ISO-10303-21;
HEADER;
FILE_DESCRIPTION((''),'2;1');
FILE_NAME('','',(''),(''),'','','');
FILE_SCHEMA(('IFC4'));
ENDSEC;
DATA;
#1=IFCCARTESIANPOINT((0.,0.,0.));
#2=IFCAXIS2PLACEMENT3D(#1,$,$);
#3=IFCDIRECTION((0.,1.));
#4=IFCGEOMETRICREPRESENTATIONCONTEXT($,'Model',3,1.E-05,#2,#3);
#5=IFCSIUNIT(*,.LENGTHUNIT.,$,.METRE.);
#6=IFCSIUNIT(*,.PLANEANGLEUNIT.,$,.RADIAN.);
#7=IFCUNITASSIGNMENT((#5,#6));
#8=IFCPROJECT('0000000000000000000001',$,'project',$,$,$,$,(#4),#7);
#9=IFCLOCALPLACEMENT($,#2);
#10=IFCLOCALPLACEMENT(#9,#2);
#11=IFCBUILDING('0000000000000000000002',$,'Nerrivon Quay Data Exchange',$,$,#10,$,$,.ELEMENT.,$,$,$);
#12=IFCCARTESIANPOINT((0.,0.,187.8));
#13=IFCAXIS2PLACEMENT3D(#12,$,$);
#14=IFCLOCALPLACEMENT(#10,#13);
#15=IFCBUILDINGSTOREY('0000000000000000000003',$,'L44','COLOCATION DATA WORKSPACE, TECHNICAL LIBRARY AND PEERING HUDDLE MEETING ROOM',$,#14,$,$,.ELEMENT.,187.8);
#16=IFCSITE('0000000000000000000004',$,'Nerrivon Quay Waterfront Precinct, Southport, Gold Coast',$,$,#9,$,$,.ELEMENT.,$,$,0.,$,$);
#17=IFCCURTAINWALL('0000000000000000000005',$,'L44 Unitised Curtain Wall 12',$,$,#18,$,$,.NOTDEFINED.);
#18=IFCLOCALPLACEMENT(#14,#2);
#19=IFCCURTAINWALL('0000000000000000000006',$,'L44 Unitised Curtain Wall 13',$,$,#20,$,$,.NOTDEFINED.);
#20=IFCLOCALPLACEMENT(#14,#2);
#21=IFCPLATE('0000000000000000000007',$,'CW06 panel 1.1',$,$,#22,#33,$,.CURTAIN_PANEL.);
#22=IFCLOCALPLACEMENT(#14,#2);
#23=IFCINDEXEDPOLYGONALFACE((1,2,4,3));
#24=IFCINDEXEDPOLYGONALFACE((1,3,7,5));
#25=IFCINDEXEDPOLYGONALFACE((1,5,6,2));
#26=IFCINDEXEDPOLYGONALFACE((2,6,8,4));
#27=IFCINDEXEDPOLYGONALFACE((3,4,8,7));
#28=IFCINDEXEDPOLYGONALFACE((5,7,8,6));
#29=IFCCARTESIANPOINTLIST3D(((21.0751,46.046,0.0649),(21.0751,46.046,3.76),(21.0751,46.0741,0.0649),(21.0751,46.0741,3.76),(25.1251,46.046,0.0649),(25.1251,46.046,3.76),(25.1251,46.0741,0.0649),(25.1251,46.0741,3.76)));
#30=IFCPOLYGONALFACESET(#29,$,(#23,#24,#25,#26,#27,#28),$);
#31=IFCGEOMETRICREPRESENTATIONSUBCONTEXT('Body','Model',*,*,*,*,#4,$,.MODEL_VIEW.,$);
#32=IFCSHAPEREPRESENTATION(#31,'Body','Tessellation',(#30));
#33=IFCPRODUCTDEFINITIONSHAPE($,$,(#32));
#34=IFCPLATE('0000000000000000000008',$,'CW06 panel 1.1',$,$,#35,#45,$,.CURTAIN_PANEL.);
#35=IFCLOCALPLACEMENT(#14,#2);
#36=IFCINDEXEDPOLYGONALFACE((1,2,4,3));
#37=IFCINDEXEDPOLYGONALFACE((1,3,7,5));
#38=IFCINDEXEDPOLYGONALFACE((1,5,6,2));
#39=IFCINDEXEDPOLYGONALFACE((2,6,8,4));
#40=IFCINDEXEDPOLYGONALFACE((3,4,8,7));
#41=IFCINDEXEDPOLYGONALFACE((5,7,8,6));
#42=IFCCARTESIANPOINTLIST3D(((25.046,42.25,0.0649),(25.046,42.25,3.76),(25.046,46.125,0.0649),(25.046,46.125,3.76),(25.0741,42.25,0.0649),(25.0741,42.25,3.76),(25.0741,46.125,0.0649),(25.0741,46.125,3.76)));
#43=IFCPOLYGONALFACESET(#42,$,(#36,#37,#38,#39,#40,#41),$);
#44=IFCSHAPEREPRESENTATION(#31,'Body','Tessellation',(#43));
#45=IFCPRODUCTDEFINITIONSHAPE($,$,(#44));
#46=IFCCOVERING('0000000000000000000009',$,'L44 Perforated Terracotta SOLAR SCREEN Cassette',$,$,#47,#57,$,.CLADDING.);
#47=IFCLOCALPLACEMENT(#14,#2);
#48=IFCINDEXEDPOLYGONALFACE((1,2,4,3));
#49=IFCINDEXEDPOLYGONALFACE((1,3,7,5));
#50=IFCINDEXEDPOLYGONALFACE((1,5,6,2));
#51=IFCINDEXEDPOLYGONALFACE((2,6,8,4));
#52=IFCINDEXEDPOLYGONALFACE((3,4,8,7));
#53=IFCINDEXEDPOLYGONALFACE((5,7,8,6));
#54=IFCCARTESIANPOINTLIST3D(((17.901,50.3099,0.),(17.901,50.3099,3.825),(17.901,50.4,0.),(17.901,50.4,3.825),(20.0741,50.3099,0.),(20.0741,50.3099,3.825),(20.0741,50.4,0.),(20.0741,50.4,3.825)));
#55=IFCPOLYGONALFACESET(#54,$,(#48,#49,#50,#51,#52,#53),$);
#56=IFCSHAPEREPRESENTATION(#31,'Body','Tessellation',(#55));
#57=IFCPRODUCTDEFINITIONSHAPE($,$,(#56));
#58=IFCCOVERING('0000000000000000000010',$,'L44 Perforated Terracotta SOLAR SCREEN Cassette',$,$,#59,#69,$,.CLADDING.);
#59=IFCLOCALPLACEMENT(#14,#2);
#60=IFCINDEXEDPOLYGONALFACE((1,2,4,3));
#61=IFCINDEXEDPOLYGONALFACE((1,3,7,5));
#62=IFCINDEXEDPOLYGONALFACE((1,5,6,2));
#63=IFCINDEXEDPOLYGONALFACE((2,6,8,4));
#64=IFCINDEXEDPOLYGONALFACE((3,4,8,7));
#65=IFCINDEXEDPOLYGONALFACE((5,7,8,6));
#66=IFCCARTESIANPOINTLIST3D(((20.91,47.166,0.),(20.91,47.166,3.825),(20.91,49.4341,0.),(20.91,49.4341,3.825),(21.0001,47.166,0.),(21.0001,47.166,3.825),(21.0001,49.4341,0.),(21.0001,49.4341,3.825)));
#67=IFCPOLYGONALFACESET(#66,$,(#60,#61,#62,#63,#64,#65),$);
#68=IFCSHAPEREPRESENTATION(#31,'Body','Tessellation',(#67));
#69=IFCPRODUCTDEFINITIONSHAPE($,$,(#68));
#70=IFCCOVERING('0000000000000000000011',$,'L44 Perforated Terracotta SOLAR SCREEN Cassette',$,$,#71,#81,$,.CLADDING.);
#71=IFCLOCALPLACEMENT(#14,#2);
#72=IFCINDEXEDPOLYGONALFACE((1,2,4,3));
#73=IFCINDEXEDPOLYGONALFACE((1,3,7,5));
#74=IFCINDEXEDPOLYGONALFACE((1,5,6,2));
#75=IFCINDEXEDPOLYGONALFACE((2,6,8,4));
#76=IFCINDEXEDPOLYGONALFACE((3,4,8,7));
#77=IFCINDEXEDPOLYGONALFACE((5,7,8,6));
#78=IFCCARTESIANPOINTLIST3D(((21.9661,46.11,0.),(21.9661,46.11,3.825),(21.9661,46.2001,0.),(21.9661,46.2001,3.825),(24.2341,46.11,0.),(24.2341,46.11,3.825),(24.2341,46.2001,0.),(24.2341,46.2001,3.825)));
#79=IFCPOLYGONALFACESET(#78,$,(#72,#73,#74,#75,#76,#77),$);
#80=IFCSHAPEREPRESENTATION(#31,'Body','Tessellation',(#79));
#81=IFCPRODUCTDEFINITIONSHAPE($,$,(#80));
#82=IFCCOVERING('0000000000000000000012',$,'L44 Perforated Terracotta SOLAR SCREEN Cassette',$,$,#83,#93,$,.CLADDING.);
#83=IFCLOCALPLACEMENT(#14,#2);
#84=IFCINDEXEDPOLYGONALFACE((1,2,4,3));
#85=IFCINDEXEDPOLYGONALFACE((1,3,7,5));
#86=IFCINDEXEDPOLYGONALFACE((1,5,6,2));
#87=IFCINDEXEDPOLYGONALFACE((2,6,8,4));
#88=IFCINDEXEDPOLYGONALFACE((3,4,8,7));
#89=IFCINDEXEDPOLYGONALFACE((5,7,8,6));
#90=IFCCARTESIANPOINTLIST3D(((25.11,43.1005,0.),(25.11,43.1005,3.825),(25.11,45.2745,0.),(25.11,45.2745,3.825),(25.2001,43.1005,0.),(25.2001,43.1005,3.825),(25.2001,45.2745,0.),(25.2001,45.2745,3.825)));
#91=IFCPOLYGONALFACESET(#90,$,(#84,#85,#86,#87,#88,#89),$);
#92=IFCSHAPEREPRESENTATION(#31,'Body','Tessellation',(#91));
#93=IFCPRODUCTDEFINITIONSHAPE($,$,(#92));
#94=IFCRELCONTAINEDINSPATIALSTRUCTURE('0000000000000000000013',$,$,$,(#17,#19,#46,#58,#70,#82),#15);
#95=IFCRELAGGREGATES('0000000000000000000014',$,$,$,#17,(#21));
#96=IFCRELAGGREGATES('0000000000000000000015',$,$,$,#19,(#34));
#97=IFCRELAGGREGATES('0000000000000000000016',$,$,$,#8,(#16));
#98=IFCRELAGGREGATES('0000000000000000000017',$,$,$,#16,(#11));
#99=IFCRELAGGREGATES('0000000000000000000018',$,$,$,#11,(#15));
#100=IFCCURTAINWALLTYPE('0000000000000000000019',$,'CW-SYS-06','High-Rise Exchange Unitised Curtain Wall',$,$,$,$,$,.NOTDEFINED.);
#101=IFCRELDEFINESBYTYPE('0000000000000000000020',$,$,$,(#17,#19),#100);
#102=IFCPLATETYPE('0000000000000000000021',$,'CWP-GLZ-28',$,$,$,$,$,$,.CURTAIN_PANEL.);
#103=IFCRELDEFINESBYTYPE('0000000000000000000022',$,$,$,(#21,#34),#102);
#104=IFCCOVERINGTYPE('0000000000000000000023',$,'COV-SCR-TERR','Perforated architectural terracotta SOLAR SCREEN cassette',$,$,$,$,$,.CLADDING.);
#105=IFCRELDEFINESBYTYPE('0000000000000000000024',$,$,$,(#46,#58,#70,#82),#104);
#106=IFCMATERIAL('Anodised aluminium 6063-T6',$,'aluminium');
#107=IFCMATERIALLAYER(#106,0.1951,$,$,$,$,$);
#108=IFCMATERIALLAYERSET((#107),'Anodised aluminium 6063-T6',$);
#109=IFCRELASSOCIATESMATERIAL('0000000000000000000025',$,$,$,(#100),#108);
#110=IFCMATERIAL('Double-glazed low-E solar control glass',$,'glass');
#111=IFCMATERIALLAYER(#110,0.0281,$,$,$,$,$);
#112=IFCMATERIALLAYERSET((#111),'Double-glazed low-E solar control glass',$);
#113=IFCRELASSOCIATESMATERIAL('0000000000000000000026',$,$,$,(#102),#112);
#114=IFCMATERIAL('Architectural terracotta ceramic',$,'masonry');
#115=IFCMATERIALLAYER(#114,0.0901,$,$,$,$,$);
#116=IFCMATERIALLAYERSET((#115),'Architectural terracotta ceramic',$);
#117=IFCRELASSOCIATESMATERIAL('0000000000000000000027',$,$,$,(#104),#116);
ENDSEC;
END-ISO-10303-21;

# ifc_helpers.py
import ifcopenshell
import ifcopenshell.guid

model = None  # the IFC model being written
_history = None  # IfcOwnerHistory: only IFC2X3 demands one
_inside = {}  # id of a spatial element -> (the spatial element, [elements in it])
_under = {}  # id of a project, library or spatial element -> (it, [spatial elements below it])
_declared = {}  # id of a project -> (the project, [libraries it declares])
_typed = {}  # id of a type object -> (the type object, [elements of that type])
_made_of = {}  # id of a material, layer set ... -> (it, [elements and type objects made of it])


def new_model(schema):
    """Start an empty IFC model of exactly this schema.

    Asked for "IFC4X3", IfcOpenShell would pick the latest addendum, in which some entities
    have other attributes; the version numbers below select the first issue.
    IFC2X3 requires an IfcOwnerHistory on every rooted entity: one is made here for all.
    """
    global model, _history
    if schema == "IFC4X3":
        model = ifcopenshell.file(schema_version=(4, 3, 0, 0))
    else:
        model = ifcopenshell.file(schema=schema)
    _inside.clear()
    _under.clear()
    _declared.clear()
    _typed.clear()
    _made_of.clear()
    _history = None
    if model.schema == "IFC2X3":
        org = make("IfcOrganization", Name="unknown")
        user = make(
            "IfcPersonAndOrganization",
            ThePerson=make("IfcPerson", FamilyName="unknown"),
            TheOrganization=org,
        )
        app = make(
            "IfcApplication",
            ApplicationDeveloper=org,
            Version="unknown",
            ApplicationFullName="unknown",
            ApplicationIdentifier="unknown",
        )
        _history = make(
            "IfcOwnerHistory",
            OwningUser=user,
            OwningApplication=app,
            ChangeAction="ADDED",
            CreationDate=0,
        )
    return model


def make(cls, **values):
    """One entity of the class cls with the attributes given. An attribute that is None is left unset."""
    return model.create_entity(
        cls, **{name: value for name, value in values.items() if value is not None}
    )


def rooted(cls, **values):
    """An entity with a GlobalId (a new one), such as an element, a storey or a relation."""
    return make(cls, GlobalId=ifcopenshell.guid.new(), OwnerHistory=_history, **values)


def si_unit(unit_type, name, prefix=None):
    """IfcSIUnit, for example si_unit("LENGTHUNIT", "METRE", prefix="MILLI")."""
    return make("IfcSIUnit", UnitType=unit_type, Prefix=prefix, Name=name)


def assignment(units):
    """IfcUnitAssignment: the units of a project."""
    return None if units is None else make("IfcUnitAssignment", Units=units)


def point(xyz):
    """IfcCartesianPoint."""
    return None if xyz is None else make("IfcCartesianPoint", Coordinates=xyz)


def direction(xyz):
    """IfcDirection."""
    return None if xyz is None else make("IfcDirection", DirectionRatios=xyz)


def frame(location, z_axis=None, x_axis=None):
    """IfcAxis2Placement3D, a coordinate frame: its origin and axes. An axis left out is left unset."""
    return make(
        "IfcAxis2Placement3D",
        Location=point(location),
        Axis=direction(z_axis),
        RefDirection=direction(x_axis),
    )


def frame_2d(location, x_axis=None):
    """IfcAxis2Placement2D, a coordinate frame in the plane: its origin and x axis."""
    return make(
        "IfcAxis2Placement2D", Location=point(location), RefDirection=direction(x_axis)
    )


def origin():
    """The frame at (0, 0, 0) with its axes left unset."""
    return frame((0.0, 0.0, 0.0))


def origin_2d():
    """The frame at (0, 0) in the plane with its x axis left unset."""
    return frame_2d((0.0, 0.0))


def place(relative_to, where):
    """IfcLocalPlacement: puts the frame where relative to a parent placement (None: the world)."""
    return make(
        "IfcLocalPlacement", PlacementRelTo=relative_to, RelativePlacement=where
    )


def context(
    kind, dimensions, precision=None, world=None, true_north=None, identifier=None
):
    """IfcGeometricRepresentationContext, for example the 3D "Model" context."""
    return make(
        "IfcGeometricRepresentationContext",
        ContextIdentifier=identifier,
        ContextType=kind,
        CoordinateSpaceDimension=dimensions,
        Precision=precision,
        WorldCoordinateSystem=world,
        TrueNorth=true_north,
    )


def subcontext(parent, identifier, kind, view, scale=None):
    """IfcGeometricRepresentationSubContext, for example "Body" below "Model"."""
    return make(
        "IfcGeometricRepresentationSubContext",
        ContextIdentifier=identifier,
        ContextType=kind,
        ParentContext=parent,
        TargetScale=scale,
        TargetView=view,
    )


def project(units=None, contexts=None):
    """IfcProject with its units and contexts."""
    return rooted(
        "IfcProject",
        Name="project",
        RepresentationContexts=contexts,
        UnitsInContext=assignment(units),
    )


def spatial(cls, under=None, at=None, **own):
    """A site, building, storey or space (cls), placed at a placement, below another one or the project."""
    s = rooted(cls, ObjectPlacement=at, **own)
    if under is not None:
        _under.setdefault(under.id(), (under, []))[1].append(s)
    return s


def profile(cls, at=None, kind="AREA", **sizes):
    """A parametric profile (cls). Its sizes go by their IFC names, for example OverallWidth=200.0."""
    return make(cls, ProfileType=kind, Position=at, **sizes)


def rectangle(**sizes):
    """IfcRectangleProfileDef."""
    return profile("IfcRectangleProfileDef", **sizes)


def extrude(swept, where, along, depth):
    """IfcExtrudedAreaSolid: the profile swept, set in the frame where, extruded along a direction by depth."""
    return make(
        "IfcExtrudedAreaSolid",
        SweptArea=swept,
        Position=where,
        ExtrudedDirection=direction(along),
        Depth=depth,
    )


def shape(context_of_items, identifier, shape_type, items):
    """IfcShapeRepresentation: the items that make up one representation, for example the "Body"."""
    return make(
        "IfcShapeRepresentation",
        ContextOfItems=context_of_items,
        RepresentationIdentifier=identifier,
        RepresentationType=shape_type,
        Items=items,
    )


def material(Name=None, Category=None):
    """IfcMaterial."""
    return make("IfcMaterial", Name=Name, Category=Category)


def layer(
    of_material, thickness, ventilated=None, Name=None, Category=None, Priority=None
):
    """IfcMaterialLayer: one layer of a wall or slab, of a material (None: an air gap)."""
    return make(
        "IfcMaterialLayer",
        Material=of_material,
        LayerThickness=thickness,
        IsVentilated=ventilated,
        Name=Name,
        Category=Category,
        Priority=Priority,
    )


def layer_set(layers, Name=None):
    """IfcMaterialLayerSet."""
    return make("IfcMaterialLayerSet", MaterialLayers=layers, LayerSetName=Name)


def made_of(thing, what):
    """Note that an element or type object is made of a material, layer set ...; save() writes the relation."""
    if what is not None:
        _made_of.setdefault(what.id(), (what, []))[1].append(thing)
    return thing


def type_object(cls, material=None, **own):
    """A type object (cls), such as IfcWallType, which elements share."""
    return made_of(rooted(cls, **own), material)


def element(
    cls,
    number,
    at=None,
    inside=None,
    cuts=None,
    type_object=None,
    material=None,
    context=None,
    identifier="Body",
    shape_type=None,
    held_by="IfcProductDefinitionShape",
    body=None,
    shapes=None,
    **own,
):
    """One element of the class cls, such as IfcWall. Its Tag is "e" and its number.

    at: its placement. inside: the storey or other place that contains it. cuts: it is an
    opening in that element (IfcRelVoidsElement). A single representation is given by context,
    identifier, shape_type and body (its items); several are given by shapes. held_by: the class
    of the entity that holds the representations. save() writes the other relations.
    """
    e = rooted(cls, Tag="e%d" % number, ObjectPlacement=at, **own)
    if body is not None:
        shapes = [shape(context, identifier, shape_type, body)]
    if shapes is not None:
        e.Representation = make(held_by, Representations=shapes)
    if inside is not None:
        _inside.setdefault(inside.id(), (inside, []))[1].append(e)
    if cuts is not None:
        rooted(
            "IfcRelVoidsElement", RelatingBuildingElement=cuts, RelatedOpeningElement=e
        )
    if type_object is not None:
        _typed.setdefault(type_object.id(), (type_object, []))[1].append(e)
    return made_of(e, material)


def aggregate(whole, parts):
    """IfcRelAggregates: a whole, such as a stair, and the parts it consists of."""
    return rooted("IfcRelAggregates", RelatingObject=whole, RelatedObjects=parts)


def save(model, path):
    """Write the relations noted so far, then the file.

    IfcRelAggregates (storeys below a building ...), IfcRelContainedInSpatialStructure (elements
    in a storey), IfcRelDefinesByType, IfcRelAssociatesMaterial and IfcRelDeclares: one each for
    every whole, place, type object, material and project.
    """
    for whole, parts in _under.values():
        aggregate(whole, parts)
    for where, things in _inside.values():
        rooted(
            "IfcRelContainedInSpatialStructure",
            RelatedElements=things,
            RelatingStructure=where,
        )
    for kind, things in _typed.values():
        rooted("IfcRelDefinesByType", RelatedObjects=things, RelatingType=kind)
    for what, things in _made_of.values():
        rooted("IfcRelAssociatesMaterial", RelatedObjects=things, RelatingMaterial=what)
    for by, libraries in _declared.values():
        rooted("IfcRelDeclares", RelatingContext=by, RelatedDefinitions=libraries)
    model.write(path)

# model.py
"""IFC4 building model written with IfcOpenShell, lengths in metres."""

from ifc_helpers import new_model, si_unit, direction, frame, origin, origin_2d, place, context, subcontext, project, spatial, rectangle, extrude, material, layer, layer_set, type_object, element, aggregate, save


model = new_model("IFC4")

# Units and contexts
model_context = context("Model", 3, precision=1e-05, world=origin(), true_north=direction((0.0, 1.0)))
body_context = subcontext(model_context, "Body", "Model", "MODEL_VIEW")
ifc_project = project(units=[si_unit("LENGTHUNIT", "METRE"), si_unit("PLANEANGLEUNIT", "RADIAN")], contexts=[model_context])

# Site, building, storey
site_placement = place(None, origin())
site = spatial("IfcSite", under=ifc_project, at=site_placement, Name="Nerrivon Quay Waterfront Precinct, Southport, Gold Coast", CompositionType="ELEMENT", RefElevation=0.0)
building_placement = place(site_placement, origin())
building = spatial("IfcBuilding", under=site, at=building_placement, Name="Nerrivon Quay Data Exchange", CompositionType="ELEMENT")
storey_placement = place(building_placement, frame((0.0, 0.0, 187.8)))
storey = spatial("IfcBuildingStorey", under=building, at=storey_placement, Name="L44", Description="COLOCATION DATA WORKSPACE, TECHNICAL LIBRARY AND PEERING HUDDLE MEETING ROOM", CompositionType="ELEMENT", Elevation=187.8)

# Shared definitions
ifc_material_1 = material(Name="Anodised aluminium 6063-T6", Category="aluminium")
ifc_layer_1 = layer(ifc_material_1, 0.1951)
ifc_layer_set_1 = layer_set([ifc_layer_1], Name="Anodised aluminium 6063-T6")
curtain_wall_type = type_object("IfcCurtainWallType", Name="CW-SYS-06", Description="High-Rise Exchange Unitised Curtain Wall", PredefinedType="NOTDEFINED", material=ifc_layer_set_1)

# Curtain wall
curtain_wall_1_placement = place(storey_placement, origin())
curtain_wall_1 = element("IfcCurtainWall", 1, at=curtain_wall_1_placement, inside=storey, type_object=curtain_wall_type, Name="L44 Unitised Curtain Wall 12", PredefinedType="NOTDEFINED")

# Curtain wall
curtain_wall_2_placement = place(storey_placement, origin())
curtain_wall_2 = element("IfcCurtainWall", 2, at=curtain_wall_2_placement, inside=storey, type_object=curtain_wall_type, Name="L44 Unitised Curtain Wall 13", PredefinedType="NOTDEFINED")

# Plates
ifc_material_2 = material(Name="Double-glazed low-E solar control glass", Category="glass")
ifc_layer_2 = layer(ifc_material_2, 0.0281)
ifc_layer_set_2 = layer_set([ifc_layer_2], Name="Double-glazed low-E solar control glass")
plate_type = type_object("IfcPlateType", Name="CWP-GLZ-28", PredefinedType="CURTAIN_PANEL", material=ifc_layer_set_2)
plate_1_placement = place(storey_placement, frame((23.1001, 46.0601, 0.0649), z_axis=(0.0, 0.0, 1.0), x_axis=(1.0, 0.0, 0.0)))
plate_1 = element("IfcPlate", 3, at=plate_1_placement, type_object=plate_type, Name="CW06 panel 1.1", PredefinedType="CURTAIN_PANEL", context=body_context, shape_type="SweptSolid", body=[
    extrude(rectangle(XDim=4.05, YDim=0.0281, at=origin_2d()), origin(), (0.0, 0.0, 1.0), 3.6951),
])
aggregate(curtain_wall_1, [plate_1])
plate_2_placement = place(storey_placement, frame((25.0601, 44.1875, 0.0649), z_axis=(0.0, 0.0, 1.0), x_axis=(0.0, -1.0, 0.0)))
plate_2 = element("IfcPlate", 4, at=plate_2_placement, type_object=plate_type, Name="CW06 panel 1.1", PredefinedType="CURTAIN_PANEL", context=body_context, shape_type="SweptSolid", body=[
    extrude(rectangle(XDim=3.875, YDim=0.0281, at=origin_2d()), origin(), (0.0, 0.0, 1.0), 3.6951),
])
aggregate(curtain_wall_2, [plate_2])

# Coverings
ifc_material_3 = material(Name="Architectural terracotta ceramic", Category="masonry")
ifc_layer_3 = layer(ifc_material_3, 0.0901)
ifc_layer_set_3 = layer_set([ifc_layer_3], Name="Architectural terracotta ceramic")
covering_type = type_object("IfcCoveringType", Name="COV-SCR-TERR", Description="Perforated architectural terracotta SOLAR SCREEN cassette", PredefinedType="CLADDING", material=ifc_layer_set_3)
covering_1_placement = place(storey_placement, frame((18.9875, 50.355, 0.0), z_axis=(0.0, 0.0, 1.0), x_axis=(1.0, 0.0, 0.0)))
element("IfcCovering", 5, at=covering_1_placement, inside=storey, type_object=covering_type, Name="L44 Perforated Terracotta SOLAR SCREEN Cassette", PredefinedType="CLADDING", context=body_context, shape_type="SweptSolid", body=[
    extrude(rectangle(XDim=2.1731, YDim=0.0901, at=origin_2d()), origin(), (0.0, 0.0, 1.0), 3.825),
])
for number, where, z_axis, x_axis, name in (
    (6, (20.9551, 48.3, 0.0), (0.0, 0.0, 1.0), (0.0, -1.0, 0.0), "L44 Perforated Terracotta SOLAR SCREEN Cassette"),
    (7, (23.1001, 46.155, 0.0), (0.0, 0.0, 1.0), (1.0, 0.0, 0.0), "L44 Perforated Terracotta SOLAR SCREEN Cassette"),
):
    element("IfcCovering", number, at=place(storey_placement, frame(where, z_axis=z_axis, x_axis=x_axis)), inside=storey, type_object=covering_type, Name=name, PredefinedType="CLADDING", context=body_context, shape_type="SweptSolid", body=[
        extrude(rectangle(XDim=2.2681, YDim=0.0901, at=origin_2d()), origin(), (0.0, 0.0, 1.0), 3.825),
    ])
covering_2_placement = place(storey_placement, frame((25.155, 44.1875, 0.0), z_axis=(0.0, 0.0, 1.0), x_axis=(0.0, -1.0, 0.0)))
element("IfcCovering", 8, at=covering_2_placement, inside=storey, type_object=covering_type, Name="L44 Perforated Terracotta SOLAR SCREEN Cassette", PredefinedType="CLADDING", context=body_context, shape_type="SweptSolid", body=[
    extrude(rectangle(XDim=2.1741, YDim=0.0901, at=origin_2d()), origin(), (0.0, 0.0, 1.0), 3.825),
])

save(model, "model.ifc")
